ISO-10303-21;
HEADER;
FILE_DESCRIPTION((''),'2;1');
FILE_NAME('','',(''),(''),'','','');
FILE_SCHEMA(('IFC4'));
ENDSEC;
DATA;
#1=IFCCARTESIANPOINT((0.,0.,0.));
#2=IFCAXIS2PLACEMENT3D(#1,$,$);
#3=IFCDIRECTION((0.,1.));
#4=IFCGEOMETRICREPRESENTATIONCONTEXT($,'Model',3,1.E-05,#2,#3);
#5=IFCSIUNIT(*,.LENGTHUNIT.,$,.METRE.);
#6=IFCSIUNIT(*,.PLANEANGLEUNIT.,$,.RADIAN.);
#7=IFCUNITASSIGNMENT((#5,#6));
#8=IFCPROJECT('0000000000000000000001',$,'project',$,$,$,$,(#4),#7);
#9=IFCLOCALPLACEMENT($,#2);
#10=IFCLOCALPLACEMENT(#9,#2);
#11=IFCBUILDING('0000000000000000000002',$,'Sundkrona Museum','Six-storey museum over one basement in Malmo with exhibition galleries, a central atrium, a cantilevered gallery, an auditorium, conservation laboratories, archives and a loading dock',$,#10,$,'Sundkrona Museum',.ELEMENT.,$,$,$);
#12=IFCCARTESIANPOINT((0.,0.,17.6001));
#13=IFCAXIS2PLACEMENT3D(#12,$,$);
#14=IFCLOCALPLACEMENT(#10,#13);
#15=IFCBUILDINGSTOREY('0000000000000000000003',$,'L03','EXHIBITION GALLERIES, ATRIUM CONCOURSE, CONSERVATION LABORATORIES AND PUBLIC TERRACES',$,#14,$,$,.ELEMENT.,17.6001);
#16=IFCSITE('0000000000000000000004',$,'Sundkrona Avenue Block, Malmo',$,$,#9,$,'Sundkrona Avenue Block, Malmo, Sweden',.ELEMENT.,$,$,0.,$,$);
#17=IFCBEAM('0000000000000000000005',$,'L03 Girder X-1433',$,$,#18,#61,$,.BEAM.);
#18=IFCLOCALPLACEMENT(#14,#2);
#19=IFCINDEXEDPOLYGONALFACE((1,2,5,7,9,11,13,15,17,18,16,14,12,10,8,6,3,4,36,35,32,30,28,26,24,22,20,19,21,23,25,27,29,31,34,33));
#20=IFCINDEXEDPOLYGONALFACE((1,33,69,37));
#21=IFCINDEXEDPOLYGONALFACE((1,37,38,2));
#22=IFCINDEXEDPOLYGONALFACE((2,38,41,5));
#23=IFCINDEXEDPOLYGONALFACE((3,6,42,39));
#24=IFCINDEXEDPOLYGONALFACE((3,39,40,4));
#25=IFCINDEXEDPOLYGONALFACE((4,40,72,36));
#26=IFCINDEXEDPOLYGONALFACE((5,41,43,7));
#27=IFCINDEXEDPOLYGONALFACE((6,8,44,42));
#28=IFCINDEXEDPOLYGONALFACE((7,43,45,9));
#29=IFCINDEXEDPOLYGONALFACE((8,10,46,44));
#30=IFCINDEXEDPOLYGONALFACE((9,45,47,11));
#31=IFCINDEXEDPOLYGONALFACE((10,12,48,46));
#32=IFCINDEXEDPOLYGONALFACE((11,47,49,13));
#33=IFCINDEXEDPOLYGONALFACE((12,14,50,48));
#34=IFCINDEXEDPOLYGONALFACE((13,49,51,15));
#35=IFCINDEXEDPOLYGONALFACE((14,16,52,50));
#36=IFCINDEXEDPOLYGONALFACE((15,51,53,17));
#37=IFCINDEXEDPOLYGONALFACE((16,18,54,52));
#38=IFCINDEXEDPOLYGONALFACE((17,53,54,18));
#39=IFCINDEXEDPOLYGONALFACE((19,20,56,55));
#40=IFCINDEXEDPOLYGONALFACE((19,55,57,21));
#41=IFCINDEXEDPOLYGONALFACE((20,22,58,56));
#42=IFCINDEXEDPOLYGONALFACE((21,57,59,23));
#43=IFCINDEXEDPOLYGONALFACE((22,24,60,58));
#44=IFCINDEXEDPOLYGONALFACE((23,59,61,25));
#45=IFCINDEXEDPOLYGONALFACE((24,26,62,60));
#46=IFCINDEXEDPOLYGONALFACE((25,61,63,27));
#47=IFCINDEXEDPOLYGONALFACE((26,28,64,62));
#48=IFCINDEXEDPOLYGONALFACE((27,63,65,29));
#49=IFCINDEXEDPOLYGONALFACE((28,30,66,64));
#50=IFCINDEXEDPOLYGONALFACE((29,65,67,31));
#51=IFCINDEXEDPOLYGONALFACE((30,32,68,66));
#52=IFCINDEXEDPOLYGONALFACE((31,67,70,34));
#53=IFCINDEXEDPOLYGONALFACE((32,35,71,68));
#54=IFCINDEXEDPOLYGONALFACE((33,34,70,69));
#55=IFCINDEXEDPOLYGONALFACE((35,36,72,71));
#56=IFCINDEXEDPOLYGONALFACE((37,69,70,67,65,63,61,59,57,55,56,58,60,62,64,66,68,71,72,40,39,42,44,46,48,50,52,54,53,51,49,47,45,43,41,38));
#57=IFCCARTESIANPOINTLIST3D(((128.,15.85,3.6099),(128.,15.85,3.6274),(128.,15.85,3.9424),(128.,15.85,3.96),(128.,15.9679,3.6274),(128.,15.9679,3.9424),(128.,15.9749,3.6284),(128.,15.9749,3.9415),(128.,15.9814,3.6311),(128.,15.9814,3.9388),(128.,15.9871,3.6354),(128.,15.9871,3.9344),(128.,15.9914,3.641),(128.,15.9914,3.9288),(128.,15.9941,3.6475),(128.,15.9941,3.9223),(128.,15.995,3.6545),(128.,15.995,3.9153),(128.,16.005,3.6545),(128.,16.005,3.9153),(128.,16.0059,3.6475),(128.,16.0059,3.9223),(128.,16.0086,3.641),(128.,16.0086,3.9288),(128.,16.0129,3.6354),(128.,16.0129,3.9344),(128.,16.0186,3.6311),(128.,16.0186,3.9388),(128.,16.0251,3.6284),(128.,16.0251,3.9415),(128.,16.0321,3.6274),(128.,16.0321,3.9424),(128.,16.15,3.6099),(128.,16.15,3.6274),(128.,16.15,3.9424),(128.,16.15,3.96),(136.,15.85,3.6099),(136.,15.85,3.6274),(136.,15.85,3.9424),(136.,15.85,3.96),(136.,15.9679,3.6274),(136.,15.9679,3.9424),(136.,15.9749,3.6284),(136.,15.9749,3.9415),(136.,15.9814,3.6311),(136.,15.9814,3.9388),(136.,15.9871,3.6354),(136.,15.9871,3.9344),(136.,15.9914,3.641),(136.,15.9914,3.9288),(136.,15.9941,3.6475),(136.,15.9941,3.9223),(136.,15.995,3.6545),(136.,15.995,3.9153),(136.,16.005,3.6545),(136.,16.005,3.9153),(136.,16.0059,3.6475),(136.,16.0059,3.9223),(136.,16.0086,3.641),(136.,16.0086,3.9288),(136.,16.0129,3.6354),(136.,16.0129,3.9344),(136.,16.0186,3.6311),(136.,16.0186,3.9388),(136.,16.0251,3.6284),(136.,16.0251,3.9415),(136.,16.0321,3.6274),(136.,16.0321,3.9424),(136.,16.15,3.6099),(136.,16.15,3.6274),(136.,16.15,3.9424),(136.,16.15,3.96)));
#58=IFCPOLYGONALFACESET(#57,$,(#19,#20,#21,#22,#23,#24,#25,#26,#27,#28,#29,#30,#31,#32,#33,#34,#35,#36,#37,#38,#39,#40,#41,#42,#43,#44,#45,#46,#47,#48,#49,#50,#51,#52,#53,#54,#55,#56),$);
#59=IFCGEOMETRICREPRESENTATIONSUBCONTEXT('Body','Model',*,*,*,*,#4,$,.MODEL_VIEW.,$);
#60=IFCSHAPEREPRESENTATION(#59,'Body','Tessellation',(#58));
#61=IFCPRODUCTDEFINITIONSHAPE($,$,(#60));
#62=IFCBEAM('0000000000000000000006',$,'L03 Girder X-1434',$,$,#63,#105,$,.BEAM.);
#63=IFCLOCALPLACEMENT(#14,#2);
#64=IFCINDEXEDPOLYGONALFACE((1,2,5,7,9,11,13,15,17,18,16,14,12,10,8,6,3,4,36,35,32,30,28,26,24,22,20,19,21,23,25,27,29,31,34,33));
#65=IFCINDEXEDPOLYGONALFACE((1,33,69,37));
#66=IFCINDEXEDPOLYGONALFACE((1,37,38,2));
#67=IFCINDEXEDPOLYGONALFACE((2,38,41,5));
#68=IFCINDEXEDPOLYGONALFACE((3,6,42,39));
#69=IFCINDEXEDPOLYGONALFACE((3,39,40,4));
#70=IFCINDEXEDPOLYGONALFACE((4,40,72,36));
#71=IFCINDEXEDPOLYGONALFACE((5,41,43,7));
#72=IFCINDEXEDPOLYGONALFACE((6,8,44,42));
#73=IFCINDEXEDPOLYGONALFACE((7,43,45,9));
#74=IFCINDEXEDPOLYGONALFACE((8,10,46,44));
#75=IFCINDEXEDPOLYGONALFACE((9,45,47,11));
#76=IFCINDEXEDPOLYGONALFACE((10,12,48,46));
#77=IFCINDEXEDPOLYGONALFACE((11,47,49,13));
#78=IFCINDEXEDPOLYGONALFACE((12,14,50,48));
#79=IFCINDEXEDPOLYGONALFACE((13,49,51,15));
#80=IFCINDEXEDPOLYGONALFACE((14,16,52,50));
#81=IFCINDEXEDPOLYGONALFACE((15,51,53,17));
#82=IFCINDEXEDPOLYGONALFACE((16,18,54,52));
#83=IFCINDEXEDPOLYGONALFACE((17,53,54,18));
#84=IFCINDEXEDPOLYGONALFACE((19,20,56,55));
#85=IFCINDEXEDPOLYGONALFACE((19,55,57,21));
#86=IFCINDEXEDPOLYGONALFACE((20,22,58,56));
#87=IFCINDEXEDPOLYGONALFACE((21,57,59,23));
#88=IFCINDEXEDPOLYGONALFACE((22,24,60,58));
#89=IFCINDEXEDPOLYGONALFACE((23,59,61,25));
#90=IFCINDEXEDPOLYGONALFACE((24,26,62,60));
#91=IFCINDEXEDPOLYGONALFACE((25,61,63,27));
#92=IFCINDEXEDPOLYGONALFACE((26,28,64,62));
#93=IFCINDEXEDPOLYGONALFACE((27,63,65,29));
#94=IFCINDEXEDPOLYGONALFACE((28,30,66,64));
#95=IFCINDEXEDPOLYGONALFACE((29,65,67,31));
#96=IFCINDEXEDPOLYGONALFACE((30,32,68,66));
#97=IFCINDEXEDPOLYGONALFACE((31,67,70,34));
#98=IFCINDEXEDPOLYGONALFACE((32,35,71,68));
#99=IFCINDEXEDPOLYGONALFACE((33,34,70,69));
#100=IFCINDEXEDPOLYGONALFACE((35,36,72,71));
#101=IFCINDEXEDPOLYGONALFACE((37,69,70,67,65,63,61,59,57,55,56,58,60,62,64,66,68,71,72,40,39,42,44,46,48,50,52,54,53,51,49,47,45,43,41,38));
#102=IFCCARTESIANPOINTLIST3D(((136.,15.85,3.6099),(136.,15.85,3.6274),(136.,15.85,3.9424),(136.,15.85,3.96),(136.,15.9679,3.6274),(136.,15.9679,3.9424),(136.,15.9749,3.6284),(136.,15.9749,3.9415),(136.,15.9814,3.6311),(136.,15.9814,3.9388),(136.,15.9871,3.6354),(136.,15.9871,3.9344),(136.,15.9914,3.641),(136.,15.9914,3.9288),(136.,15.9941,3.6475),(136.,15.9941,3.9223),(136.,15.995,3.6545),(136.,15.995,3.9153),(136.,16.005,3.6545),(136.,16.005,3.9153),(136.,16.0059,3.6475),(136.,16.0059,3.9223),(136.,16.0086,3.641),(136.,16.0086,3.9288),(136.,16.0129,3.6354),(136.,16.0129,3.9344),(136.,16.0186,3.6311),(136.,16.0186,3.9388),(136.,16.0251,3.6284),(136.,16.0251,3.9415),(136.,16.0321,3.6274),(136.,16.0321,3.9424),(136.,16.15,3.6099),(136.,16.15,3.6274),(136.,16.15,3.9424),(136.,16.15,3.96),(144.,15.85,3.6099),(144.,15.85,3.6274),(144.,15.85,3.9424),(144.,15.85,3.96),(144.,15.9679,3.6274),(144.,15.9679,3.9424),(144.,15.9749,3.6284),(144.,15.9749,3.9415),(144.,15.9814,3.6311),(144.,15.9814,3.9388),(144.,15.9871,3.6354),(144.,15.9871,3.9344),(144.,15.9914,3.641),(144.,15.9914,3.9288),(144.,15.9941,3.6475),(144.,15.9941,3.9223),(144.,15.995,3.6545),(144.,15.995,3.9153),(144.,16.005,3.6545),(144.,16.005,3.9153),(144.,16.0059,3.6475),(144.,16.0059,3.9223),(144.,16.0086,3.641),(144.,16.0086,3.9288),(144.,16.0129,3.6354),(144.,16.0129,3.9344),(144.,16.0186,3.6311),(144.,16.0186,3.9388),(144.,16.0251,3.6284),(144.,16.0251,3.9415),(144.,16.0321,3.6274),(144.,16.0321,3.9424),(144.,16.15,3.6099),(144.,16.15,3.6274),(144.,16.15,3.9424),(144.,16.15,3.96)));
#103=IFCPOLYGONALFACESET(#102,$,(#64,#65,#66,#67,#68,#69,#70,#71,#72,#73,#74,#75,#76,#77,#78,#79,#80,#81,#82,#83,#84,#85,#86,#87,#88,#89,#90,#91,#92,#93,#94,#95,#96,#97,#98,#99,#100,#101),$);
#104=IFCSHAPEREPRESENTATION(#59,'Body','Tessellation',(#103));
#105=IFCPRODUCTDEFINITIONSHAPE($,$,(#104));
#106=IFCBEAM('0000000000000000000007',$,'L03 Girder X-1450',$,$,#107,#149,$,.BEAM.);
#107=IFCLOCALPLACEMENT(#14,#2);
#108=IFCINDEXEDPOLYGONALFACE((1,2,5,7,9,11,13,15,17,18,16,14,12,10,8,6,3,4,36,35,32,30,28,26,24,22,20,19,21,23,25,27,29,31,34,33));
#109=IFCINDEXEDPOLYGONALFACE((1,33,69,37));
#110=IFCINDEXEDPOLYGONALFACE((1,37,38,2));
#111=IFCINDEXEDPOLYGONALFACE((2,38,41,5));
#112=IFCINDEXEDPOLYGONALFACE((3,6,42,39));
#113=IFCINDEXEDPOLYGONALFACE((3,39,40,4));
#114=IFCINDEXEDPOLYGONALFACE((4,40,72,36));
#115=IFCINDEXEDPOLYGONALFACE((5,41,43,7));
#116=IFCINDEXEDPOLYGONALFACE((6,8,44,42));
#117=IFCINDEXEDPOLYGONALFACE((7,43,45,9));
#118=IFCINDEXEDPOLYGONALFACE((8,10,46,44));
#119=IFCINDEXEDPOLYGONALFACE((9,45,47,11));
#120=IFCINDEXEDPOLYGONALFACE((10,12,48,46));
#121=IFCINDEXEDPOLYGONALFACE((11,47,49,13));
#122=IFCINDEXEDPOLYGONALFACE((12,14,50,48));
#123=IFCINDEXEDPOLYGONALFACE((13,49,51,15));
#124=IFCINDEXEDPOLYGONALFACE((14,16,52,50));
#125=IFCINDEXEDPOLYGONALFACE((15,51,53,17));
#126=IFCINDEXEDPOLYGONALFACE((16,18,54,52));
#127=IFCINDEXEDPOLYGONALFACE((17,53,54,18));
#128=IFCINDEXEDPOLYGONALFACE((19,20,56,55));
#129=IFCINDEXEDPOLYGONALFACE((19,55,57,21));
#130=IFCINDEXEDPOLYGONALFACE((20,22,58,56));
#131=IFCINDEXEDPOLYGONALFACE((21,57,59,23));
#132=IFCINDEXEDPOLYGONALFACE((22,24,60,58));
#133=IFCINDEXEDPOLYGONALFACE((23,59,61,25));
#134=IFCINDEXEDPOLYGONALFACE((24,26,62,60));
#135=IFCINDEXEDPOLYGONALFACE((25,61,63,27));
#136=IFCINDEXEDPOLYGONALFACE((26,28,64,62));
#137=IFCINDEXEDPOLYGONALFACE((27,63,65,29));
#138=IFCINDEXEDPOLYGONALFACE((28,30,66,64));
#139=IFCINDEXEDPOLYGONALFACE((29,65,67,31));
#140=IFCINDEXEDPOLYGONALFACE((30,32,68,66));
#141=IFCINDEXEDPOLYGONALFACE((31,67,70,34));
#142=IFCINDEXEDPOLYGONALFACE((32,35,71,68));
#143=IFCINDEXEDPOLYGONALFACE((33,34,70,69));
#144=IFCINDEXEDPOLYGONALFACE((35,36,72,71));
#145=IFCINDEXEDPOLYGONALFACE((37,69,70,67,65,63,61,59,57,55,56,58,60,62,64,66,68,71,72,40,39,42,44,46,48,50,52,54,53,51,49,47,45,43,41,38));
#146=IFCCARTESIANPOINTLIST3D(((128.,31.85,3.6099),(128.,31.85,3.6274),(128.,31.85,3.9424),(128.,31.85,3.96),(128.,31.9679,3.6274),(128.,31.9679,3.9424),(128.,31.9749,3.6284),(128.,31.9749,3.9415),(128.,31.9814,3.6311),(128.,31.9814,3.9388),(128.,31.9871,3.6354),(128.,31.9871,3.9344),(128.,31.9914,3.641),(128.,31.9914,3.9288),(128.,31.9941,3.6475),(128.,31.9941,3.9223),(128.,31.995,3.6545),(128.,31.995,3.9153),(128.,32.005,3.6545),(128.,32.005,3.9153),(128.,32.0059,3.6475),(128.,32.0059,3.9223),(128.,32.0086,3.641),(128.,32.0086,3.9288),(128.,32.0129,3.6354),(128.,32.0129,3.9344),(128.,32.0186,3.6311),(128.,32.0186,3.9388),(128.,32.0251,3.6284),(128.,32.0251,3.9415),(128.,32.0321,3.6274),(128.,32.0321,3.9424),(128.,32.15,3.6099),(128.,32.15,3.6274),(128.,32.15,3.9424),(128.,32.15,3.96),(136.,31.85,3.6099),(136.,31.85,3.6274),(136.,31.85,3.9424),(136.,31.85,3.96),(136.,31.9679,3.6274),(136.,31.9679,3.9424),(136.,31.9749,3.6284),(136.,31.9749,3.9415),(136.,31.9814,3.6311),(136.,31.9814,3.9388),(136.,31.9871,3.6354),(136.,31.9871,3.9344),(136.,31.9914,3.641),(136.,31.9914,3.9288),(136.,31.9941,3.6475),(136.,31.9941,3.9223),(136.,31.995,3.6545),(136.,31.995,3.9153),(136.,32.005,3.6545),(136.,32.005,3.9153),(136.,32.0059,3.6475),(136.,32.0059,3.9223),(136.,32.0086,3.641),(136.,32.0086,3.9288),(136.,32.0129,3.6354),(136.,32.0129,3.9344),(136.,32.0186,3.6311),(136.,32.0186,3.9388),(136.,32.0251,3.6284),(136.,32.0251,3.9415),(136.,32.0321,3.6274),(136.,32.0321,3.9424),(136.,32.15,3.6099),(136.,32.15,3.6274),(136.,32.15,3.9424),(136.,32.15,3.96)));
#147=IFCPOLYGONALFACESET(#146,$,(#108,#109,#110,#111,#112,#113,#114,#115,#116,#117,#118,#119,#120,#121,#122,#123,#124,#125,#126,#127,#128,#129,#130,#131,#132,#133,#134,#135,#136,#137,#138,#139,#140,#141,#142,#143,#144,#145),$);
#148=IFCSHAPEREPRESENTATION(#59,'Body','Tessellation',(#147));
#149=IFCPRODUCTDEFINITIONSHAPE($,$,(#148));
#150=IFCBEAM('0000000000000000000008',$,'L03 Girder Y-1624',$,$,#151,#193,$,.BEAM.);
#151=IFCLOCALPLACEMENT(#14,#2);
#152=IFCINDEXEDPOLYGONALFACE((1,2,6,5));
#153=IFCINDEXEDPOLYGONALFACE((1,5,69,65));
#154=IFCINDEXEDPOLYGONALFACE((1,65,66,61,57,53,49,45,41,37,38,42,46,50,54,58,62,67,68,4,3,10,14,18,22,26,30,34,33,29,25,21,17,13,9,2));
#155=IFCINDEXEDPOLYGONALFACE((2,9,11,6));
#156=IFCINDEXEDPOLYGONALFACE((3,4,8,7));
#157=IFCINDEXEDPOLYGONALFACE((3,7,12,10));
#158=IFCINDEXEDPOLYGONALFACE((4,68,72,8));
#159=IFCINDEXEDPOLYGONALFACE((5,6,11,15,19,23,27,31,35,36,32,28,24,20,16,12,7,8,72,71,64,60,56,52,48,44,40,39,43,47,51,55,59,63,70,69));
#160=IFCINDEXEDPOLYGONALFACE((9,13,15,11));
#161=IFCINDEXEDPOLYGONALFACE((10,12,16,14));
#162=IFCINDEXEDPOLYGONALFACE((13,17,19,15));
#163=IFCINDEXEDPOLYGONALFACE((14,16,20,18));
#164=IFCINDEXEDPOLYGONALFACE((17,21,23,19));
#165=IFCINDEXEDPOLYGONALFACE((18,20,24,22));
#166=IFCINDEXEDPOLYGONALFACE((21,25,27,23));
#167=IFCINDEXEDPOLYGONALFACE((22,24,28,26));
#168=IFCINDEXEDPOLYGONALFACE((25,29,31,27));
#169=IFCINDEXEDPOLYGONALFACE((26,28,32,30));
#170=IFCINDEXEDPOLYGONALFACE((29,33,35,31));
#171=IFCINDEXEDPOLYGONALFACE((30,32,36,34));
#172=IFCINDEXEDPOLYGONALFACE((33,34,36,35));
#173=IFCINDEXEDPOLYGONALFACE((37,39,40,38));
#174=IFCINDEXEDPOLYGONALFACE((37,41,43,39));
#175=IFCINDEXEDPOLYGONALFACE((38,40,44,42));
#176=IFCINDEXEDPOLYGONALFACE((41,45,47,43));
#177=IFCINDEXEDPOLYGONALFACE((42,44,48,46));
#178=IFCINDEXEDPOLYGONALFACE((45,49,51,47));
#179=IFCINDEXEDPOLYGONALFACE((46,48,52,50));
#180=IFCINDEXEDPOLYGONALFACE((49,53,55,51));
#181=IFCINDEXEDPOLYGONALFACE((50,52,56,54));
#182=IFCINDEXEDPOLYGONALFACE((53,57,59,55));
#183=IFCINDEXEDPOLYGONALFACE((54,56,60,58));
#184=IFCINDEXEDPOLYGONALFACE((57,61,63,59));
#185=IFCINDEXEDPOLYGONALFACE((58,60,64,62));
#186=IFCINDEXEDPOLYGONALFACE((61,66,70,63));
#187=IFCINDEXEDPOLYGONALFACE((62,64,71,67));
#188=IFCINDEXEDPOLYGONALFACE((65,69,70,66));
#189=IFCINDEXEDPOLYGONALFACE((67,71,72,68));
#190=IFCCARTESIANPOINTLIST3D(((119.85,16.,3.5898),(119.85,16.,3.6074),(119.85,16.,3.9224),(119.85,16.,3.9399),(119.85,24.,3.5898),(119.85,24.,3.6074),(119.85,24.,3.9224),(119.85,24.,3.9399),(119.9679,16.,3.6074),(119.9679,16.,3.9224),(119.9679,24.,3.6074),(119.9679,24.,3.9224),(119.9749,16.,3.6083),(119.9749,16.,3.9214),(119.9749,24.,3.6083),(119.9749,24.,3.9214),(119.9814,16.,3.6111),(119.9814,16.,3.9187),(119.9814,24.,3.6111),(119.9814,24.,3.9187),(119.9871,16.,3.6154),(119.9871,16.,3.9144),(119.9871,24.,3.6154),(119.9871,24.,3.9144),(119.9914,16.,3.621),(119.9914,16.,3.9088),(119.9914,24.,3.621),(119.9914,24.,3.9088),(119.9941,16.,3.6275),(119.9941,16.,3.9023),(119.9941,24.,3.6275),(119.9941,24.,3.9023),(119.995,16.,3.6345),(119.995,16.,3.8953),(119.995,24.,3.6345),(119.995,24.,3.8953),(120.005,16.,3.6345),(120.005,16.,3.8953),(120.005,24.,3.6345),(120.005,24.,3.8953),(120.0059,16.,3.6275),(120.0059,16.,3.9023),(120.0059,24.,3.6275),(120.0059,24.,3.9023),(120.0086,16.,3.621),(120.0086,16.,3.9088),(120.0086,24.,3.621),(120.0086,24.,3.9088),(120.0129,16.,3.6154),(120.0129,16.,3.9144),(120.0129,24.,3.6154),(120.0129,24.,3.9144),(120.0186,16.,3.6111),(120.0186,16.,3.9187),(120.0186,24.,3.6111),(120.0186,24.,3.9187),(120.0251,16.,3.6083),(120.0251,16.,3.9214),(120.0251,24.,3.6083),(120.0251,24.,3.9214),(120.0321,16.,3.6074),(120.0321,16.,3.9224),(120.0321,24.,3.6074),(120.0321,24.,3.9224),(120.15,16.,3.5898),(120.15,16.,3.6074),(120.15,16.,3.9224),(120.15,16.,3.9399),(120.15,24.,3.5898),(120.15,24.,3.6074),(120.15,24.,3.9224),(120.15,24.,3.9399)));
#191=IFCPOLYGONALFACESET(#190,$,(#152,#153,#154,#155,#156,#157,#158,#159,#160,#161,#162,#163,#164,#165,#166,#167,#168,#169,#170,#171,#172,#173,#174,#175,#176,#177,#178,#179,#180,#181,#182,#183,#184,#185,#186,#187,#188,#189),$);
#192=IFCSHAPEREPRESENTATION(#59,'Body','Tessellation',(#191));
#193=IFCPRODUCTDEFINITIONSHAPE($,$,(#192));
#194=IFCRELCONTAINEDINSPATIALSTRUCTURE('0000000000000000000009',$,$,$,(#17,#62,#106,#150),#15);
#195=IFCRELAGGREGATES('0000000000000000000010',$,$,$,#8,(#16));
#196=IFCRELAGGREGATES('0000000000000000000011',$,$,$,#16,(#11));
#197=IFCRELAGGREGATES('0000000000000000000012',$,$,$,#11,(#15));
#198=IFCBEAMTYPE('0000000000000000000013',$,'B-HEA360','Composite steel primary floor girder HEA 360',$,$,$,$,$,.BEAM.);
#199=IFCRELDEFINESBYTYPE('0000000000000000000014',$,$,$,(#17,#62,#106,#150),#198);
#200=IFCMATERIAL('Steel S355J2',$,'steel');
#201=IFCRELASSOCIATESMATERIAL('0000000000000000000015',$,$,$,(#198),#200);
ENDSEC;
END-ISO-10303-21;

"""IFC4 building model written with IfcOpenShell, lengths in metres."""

from ifc_helpers import new_model, si_unit, direction, frame, origin, origin_2d, place, context, subcontext, project, spatial, i_section, extrude, material, material_profile, profile_set, type_object, element, save


model = new_model("IFC4")

# Units and contexts
model_context = context("Model", 3, precision=1e-05, world=origin(), true_north=direction((0.0, 1.0)))
body_context = subcontext(model_context, "Body", "Model", "MODEL_VIEW")
ifc_project = project(units=[si_unit("LENGTHUNIT", "METRE"), si_unit("PLANEANGLEUNIT", "RADIAN")], contexts=[model_context])

# Site, building, storey
site_placement = place(None, origin())
site = spatial("IfcSite", under=ifc_project, at=site_placement, Name="Sundkrona Avenue Block, Malmo", LongName="Sundkrona Avenue Block, Malmo, Sweden", CompositionType="ELEMENT", RefElevation=0.0)
building_placement = place(site_placement, origin())
building = spatial("IfcBuilding", under=site, at=building_placement, Name="Sundkrona Museum", Description="Six-storey museum over one basement in Malmo with exhibition galleries, a central atrium, a cantilevered gallery, an auditorium, conservation laboratories, archives and a loading dock", LongName="Sundkrona Museum", CompositionType="ELEMENT")
storey_placement = place(building_placement, frame((0.0, 0.0, 17.6001)))
storey = spatial("IfcBuildingStorey", under=building, at=storey_placement, Name="L03", Description="EXHIBITION GALLERIES, ATRIUM CONCOURSE, CONSERVATION LABORATORIES AND PUBLIC TERRACES", CompositionType="ELEMENT", Elevation=17.6001)

# Shared definitions
ifc_material_1 = material(Name="Steel S355J2", Category="steel")

# Beams
ifc_material_profile_1 = material_profile(ifc_material_1, i_section(OverallWidth=0.3, OverallDepth=0.3501, WebThickness=0.01, FlangeThickness=0.0176, FilletRadius=0.0271, at=origin_2d()), Name="HEA 360")
ifc_profile_set_1 = profile_set([ifc_material_profile_1], Name="Steel S355J2")
beam_type_1 = type_object("IfcBeamType", Name="B-HEA360", Description="Composite steel primary floor girder HEA 360", PredefinedType="BEAM", material=ifc_profile_set_1)
for number, where, z_axis, x_axis, name in (
    (1, (128.0, 16.0, 3.7849), (1.0, 0.0, 0.0), (0.0, 1.0, 0.0), "L03 Girder X-1433"),
    (2, (136.0, 16.0, 3.7849), (1.0, 0.0, 0.0), (0.0, 1.0, 0.0), "L03 Girder X-1434"),
    (3, (128.0, 32.0, 3.7849), (1.0, 0.0, 0.0), (0.0, 1.0, 0.0), "L03 Girder X-1450"),
    (4, (120.0, 16.0, 3.7649), (0.0, 1.0, 0.0), (-1.0, 0.0, 0.0), "L03 Girder Y-1624"),
):
    element("IfcBeam", number, at=place(storey_placement, frame(where, z_axis=z_axis, x_axis=x_axis)), inside=storey, type_object=beam_type_1, Name=name, PredefinedType="BEAM", context=body_context, shape_type="SweptSolid", body=[
        extrude(i_section(OverallWidth=0.3, OverallDepth=0.3501, WebThickness=0.01, FlangeThickness=0.0176, FilletRadius=0.0271, at=origin_2d()), origin(), (0.0, 0.0, 1.0), 8.0),
    ])

save(model, "model.ifc")
